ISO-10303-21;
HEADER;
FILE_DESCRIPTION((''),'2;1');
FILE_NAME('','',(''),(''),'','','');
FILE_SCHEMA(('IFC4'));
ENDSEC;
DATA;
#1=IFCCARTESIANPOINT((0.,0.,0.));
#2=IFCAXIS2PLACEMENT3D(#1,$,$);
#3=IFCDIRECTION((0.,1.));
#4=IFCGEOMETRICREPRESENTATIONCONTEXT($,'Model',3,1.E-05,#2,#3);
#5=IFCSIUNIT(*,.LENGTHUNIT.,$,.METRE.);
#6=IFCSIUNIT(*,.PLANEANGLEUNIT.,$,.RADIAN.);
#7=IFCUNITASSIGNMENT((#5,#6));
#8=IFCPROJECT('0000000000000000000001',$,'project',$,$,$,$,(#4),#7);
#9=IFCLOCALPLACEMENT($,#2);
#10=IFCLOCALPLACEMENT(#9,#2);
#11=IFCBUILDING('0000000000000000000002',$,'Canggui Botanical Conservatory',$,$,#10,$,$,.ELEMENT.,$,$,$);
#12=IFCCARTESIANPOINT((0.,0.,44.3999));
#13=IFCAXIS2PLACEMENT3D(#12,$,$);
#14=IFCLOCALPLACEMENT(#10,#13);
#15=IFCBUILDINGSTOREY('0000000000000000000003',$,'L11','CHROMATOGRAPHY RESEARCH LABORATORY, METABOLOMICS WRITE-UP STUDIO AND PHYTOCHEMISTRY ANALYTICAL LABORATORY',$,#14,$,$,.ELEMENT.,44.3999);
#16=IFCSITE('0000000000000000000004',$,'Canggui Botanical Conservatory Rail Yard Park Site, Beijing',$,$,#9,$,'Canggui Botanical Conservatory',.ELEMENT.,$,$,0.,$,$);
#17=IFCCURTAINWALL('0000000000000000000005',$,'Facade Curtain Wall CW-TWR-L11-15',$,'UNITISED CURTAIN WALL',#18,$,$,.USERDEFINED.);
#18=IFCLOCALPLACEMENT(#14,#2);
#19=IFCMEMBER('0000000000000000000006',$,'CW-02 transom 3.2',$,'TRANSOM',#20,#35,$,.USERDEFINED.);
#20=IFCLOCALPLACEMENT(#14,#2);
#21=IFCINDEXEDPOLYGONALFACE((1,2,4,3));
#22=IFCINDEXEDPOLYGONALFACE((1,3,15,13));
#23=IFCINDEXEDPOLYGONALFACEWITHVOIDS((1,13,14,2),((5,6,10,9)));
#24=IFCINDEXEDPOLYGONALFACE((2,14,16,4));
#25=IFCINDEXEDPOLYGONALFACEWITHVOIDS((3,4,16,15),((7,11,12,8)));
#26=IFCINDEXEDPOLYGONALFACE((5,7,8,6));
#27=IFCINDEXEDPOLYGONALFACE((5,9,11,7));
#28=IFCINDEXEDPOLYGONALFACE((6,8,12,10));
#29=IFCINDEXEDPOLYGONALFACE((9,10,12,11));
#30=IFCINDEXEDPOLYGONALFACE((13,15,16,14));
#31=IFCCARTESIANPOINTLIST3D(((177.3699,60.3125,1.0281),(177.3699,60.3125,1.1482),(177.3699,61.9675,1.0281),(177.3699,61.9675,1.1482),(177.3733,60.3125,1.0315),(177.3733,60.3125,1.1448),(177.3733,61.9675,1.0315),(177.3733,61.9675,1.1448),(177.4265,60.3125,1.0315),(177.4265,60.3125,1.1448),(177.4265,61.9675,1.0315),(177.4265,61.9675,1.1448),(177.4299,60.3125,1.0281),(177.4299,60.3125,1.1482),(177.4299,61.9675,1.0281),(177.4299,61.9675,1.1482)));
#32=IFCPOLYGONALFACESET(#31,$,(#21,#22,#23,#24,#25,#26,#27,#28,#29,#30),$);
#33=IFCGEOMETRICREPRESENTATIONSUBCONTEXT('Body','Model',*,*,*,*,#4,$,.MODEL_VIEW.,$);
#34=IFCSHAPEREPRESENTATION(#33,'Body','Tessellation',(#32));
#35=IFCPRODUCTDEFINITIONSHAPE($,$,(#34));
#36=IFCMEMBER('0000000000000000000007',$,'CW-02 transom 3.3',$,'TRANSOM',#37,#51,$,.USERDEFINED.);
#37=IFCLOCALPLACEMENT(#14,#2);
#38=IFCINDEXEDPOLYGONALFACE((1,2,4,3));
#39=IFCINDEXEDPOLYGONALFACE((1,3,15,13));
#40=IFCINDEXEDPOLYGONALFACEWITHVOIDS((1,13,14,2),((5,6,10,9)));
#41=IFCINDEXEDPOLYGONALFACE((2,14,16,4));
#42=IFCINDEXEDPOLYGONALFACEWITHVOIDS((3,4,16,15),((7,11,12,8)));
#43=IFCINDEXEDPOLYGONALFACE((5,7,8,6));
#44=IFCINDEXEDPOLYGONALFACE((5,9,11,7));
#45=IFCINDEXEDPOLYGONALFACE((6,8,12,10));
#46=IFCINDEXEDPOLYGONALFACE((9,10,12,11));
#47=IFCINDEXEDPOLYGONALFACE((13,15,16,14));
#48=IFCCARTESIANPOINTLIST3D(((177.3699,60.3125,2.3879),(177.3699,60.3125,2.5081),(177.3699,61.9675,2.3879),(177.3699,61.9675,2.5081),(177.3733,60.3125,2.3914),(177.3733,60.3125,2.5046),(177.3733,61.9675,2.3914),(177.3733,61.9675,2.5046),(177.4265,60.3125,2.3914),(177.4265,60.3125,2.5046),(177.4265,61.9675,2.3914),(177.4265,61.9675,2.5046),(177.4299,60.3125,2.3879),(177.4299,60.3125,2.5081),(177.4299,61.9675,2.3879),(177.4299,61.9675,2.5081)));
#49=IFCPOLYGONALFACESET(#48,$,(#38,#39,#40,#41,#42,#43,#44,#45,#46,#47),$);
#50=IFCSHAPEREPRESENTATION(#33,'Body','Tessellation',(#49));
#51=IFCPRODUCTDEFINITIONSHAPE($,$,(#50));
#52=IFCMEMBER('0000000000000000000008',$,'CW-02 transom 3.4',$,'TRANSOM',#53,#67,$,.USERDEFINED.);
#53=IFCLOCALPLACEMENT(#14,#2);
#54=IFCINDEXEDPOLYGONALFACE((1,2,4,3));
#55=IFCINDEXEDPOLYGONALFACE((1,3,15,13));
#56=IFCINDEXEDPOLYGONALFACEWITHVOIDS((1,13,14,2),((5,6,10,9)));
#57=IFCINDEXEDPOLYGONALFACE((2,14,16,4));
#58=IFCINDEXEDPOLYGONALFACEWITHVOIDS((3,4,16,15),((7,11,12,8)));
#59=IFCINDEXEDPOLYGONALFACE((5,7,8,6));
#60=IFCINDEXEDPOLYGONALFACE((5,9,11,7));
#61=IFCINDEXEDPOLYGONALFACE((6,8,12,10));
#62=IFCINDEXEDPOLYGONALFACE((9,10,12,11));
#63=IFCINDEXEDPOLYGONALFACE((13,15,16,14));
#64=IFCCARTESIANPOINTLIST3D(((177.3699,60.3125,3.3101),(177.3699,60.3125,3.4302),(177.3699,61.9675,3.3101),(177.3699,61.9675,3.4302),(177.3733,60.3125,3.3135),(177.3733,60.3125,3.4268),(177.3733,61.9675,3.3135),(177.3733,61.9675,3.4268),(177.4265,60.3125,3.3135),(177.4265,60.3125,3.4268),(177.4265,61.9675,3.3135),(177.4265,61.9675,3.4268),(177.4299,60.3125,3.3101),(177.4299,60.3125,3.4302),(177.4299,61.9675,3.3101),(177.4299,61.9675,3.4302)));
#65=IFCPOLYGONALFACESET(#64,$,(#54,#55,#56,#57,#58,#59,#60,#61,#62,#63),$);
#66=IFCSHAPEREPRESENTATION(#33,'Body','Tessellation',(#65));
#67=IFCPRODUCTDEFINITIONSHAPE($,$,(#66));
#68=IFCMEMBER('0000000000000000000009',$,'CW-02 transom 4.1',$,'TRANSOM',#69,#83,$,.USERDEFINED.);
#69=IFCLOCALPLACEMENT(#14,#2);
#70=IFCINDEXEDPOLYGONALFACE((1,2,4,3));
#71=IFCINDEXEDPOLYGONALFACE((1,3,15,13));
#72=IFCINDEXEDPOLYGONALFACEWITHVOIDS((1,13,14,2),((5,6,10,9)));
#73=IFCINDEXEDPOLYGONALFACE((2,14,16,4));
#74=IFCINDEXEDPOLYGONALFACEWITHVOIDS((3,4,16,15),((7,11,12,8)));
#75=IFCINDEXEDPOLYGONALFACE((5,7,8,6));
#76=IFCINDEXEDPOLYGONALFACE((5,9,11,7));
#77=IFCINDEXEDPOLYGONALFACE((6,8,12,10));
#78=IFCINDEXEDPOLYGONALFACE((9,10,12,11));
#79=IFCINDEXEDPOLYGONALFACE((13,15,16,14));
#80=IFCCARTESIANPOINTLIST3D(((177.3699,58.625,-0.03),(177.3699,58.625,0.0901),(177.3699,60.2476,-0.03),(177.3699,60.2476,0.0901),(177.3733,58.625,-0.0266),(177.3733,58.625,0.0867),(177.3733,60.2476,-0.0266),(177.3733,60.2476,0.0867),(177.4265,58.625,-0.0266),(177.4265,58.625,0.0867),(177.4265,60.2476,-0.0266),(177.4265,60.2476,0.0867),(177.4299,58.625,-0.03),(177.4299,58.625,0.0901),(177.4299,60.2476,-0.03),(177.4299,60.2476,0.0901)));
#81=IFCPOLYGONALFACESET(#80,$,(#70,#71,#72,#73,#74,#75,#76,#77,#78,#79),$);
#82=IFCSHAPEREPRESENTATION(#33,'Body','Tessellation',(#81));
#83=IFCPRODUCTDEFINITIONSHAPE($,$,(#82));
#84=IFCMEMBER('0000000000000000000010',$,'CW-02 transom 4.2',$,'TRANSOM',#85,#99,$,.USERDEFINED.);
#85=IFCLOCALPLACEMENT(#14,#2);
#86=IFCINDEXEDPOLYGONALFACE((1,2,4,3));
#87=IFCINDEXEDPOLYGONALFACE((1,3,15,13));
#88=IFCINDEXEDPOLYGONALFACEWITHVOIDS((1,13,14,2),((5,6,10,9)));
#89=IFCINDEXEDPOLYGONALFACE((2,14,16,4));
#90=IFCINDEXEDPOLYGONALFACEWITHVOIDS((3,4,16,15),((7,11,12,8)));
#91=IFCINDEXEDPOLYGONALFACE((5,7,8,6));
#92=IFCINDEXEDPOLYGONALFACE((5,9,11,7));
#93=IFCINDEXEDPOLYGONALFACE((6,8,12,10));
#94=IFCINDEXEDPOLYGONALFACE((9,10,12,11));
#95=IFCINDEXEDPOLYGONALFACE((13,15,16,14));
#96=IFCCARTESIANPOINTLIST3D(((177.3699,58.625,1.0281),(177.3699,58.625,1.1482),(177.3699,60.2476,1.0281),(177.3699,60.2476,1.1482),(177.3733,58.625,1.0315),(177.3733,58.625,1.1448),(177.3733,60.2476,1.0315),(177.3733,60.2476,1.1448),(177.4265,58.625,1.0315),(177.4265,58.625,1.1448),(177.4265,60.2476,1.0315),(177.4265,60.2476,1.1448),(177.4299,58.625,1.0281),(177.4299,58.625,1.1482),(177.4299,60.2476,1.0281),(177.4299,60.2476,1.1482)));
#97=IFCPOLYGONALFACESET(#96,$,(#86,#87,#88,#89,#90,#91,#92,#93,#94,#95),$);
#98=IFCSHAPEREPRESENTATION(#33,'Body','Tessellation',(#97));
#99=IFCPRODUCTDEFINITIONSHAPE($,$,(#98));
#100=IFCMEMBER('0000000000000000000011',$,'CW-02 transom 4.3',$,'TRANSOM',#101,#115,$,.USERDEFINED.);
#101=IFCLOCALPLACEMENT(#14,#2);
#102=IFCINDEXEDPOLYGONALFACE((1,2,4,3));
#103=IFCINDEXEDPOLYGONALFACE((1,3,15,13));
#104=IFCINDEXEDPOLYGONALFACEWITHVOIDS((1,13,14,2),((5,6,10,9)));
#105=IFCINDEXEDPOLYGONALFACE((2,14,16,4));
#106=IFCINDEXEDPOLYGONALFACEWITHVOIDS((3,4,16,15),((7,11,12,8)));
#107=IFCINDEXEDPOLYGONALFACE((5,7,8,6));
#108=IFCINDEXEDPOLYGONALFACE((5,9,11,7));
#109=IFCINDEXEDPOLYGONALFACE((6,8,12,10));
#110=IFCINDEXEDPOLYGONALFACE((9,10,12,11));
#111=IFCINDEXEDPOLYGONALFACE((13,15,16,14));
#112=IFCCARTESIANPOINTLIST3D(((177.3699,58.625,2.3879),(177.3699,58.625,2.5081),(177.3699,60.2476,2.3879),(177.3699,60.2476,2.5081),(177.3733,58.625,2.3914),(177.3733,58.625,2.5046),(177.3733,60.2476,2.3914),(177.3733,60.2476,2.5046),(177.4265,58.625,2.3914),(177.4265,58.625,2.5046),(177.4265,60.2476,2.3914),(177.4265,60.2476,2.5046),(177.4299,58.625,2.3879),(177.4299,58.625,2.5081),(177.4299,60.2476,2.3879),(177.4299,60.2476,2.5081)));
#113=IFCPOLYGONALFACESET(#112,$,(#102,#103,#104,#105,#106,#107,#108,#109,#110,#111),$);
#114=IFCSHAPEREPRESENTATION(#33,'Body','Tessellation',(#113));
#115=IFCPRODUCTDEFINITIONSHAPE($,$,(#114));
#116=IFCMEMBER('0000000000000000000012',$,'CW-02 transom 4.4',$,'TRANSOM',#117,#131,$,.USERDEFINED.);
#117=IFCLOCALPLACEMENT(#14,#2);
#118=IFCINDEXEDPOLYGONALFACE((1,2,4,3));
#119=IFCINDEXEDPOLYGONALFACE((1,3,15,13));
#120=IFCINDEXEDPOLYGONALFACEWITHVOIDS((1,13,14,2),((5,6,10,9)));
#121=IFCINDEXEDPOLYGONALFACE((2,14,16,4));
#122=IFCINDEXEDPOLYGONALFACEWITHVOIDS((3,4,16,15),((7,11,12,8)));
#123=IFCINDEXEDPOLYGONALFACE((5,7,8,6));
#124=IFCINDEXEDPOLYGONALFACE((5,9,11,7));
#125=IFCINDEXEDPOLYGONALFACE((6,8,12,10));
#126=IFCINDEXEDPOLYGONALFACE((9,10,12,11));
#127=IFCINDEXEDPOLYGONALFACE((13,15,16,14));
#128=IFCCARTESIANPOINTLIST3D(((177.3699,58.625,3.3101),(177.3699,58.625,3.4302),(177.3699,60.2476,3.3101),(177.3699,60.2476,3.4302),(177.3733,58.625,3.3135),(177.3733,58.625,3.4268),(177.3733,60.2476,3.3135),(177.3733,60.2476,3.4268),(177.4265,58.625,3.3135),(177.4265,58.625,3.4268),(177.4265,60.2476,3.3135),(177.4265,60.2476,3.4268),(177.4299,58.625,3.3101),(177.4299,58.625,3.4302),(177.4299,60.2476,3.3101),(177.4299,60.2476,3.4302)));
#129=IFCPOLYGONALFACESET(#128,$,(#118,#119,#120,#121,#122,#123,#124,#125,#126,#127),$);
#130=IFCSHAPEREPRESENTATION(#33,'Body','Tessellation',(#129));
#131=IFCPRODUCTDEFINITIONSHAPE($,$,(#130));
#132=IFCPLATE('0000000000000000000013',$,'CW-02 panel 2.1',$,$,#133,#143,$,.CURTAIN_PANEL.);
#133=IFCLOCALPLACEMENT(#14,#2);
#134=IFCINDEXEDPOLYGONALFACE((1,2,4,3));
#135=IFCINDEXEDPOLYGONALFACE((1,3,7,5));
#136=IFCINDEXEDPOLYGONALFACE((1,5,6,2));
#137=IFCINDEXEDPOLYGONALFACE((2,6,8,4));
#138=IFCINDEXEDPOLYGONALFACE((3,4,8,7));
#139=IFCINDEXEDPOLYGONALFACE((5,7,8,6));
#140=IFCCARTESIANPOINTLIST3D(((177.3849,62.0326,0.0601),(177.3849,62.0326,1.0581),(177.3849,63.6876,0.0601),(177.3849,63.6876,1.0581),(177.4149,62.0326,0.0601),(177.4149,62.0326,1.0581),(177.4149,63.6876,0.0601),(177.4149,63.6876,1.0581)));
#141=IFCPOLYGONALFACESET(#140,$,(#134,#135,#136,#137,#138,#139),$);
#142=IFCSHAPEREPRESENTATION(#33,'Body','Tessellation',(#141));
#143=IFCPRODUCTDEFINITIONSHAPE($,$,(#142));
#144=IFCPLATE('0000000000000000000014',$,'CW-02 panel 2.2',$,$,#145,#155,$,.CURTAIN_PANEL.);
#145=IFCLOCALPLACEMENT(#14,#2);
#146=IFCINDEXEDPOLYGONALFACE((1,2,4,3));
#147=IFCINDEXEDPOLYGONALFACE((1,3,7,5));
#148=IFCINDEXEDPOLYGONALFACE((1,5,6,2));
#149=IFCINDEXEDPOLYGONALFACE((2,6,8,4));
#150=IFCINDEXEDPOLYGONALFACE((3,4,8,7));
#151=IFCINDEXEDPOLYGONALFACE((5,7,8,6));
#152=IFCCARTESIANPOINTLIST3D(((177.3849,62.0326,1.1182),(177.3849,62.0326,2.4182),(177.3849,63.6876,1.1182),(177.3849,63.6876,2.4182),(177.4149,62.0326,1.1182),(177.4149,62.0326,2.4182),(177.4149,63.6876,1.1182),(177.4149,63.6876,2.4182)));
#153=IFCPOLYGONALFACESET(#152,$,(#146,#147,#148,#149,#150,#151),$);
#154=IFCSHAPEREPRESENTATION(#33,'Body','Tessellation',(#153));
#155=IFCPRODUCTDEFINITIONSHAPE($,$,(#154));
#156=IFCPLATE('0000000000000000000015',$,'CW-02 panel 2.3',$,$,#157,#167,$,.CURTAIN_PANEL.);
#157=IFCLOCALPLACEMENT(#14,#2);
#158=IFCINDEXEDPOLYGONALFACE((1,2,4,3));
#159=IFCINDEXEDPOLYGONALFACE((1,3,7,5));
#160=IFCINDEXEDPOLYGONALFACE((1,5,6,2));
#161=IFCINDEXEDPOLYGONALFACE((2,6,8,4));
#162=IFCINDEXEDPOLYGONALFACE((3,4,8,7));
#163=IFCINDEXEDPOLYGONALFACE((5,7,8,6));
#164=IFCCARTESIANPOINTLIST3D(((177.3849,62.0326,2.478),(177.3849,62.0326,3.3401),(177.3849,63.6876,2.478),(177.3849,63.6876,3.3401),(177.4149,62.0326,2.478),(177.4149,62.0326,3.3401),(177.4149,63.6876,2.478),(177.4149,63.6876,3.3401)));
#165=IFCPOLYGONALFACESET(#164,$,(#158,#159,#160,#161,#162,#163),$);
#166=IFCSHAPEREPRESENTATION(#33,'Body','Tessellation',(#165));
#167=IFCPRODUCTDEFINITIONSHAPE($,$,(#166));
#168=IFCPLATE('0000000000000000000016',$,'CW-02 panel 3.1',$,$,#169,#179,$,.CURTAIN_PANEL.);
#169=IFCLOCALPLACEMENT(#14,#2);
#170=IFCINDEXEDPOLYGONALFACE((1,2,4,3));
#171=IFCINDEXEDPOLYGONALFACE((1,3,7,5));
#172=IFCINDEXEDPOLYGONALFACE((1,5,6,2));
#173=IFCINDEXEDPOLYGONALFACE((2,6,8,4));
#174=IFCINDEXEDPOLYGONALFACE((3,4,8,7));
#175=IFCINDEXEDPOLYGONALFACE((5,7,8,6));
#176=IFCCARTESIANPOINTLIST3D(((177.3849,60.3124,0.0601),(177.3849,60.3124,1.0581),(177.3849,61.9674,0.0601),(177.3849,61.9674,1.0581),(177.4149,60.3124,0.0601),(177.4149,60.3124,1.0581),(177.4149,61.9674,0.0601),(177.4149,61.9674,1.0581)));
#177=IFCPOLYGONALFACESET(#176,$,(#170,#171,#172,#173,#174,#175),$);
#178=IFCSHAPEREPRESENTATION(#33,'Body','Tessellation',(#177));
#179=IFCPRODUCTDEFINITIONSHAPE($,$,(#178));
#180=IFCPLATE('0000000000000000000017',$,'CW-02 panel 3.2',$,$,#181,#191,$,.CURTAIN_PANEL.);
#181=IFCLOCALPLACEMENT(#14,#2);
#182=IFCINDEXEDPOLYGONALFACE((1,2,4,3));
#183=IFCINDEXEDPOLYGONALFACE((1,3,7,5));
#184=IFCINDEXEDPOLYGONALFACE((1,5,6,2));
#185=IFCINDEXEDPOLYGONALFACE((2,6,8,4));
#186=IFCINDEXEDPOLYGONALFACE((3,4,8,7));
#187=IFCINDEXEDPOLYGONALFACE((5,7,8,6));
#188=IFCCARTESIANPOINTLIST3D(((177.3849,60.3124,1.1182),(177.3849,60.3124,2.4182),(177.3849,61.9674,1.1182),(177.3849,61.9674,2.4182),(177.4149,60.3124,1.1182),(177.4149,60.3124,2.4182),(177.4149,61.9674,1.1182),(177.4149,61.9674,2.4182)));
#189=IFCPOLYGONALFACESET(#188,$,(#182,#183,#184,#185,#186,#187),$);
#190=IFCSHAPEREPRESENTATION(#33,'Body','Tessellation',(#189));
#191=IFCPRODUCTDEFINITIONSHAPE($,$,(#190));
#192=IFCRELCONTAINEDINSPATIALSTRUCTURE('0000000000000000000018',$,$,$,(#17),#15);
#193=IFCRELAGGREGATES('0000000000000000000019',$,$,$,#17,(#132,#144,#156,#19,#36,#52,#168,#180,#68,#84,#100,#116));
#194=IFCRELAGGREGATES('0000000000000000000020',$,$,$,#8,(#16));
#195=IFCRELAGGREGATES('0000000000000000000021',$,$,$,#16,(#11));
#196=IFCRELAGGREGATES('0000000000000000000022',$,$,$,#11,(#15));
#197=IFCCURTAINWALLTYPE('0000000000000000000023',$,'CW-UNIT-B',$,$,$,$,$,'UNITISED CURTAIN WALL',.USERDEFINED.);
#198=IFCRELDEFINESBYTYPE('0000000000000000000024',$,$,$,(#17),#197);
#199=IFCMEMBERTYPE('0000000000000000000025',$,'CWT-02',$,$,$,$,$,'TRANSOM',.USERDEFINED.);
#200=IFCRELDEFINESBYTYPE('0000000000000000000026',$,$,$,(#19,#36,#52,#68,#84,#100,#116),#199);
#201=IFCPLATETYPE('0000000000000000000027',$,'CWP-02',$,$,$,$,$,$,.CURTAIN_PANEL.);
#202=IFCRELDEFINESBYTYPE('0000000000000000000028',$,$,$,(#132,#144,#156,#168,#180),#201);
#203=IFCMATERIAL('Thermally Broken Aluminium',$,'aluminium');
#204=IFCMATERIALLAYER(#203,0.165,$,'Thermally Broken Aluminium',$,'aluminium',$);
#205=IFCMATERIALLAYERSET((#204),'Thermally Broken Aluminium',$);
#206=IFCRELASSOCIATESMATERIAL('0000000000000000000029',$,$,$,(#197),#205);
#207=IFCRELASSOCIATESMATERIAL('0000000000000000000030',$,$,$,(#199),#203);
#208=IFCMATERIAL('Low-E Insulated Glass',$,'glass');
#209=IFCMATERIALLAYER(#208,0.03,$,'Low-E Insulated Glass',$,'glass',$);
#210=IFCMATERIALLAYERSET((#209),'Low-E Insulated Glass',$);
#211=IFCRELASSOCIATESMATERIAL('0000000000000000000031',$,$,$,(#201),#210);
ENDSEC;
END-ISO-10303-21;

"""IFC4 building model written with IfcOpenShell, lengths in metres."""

from ifc_helpers import new_model, si_unit, direction, frame, origin, origin_2d, place, context, subcontext, project, spatial, rectangle, hollow_rectangle, extrude, material, layer, layer_set, material_profile, profile_set, type_object, element, aggregate, save


model = new_model("IFC4")

# Units and contexts
model_context = context("Model", 3, precision=1e-05, world=origin(), true_north=direction((0.0, 1.0)))
body_context = subcontext(model_context, "Body", "Model", "MODEL_VIEW")
ifc_project = project(units=[si_unit("LENGTHUNIT", "METRE"), si_unit("PLANEANGLEUNIT", "RADIAN")], contexts=[model_context])

# Site, building, storey
site_placement = place(None, origin())
site = spatial("IfcSite", under=ifc_project, at=site_placement, Name="Canggui Botanical Conservatory Rail Yard Park Site, Beijing", LongName="Canggui Botanical Conservatory", CompositionType="ELEMENT", RefElevation=0.0)
building_placement = place(site_placement, origin())
building = spatial("IfcBuilding", under=site, at=building_placement, Name="Canggui Botanical Conservatory", CompositionType="ELEMENT")
storey_placement = place(building_placement, frame((0.0, 0.0, 44.3999)))
storey = spatial("IfcBuildingStorey", under=building, at=storey_placement, Name="L11", Description="CHROMATOGRAPHY RESEARCH LABORATORY, METABOLOMICS WRITE-UP STUDIO AND PHYTOCHEMISTRY ANALYTICAL LABORATORY", CompositionType="ELEMENT", Elevation=44.3999)

# Curtain wall, members, plates
ifc_material_1 = material(Name="Thermally Broken Aluminium", Category="aluminium")
ifc_layer_1 = layer(ifc_material_1, 0.165, Name="Thermally Broken Aluminium", Category="aluminium")
ifc_layer_set_1 = layer_set([ifc_layer_1], Name="Thermally Broken Aluminium")
curtain_wall_type = type_object("IfcCurtainWallType", Name="CW-UNIT-B", ElementType="UNITISED CURTAIN WALL", PredefinedType="USERDEFINED", material=ifc_layer_set_1)
curtain_wall_placement = place(storey_placement, origin())
curtain_wall = element("IfcCurtainWall", 1, at=curtain_wall_placement, inside=storey, type_object=curtain_wall_type, Name="Facade Curtain Wall CW-TWR-L11-15", ObjectType="UNITISED CURTAIN WALL", PredefinedType="USERDEFINED")
ifc_material_profile_1 = material_profile(ifc_material_1, hollow_rectangle(XDim=0.0601, YDim=0.1201, WallThickness=0.0034, at=origin_2d()), Name="CWT 60x120x3.5")
ifc_profile_set_1 = profile_set([ifc_material_profile_1], Name="Thermally Broken Aluminium")
member_type_1 = type_object("IfcMemberType", Name="CWT-02", ElementType="TRANSOM", PredefinedType="USERDEFINED", material=ifc_profile_set_1)
member_1_placement = place(storey_placement, frame((177.3999, 61.9675, 1.0881), z_axis=(0.0, -1.0, 0.0), x_axis=(1.0, 0.0, 0.0)))
member_1 = element("IfcMember", 2, at=member_1_placement, type_object=member_type_1, Name="CW-02 transom 3.2", ObjectType="TRANSOM", PredefinedType="USERDEFINED", context=body_context, shape_type="SweptSolid", body=[
    extrude(hollow_rectangle(XDim=0.0601, YDim=0.1201, WallThickness=0.0034, at=origin_2d()), origin(), (0.0, 0.0, 1.0), 1.655),
])
member_2_placement = place(storey_placement, frame((177.3999, 61.9675, 2.448), z_axis=(0.0, -1.0, 0.0), x_axis=(1.0, 0.0, 0.0)))
member_2 = element("IfcMember", 3, at=member_2_placement, type_object=member_type_1, Name="CW-02 transom 3.3", ObjectType="TRANSOM", PredefinedType="USERDEFINED", context=body_context, shape_type="SweptSolid", body=[
    extrude(hollow_rectangle(XDim=0.0601, YDim=0.1201, WallThickness=0.0034, at=origin_2d()), origin(), (0.0, 0.0, 1.0), 1.655),
])
member_3_placement = place(storey_placement, frame((177.3999, 61.9675, 3.3701), z_axis=(0.0, -1.0, 0.0), x_axis=(1.0, 0.0, 0.0)))
member_3 = element("IfcMember", 4, at=member_3_placement, type_object=member_type_1, Name="CW-02 transom 3.4", ObjectType="TRANSOM", PredefinedType="USERDEFINED", context=body_context, shape_type="SweptSolid", body=[
    extrude(hollow_rectangle(XDim=0.0601, YDim=0.1201, WallThickness=0.0034, at=origin_2d()), origin(), (0.0, 0.0, 1.0), 1.655),
])
member_4_placement = place(storey_placement, frame((177.3999, 60.2476, 0.03), z_axis=(0.0, -1.0, 0.0), x_axis=(1.0, 0.0, 0.0)))
member_4 = element("IfcMember", 5, at=member_4_placement, type_object=member_type_1, Name="CW-02 transom 4.1", ObjectType="TRANSOM", PredefinedType="USERDEFINED", context=body_context, shape_type="SweptSolid", body=[
    extrude(hollow_rectangle(XDim=0.0601, YDim=0.1201, WallThickness=0.0034, at=origin_2d()), origin(), (0.0, 0.0, 1.0), 1.6226),
])
member_5_placement = place(storey_placement, frame((177.3999, 60.2476, 1.0881), z_axis=(0.0, -1.0, 0.0), x_axis=(1.0, 0.0, 0.0)))
member_5 = element("IfcMember", 6, at=member_5_placement, type_object=member_type_1, Name="CW-02 transom 4.2", ObjectType="TRANSOM", PredefinedType="USERDEFINED", context=body_context, shape_type="SweptSolid", body=[
    extrude(hollow_rectangle(XDim=0.0601, YDim=0.1201, WallThickness=0.0034, at=origin_2d()), origin(), (0.0, 0.0, 1.0), 1.6226),
])
member_6_placement = place(storey_placement, frame((177.3999, 60.2476, 2.448), z_axis=(0.0, -1.0, 0.0), x_axis=(1.0, 0.0, 0.0)))
member_6 = element("IfcMember", 7, at=member_6_placement, type_object=member_type_1, Name="CW-02 transom 4.3", ObjectType="TRANSOM", PredefinedType="USERDEFINED", context=body_context, shape_type="SweptSolid", body=[
    extrude(hollow_rectangle(XDim=0.0601, YDim=0.1201, WallThickness=0.0034, at=origin_2d()), origin(), (0.0, 0.0, 1.0), 1.6226),
])
member_7_placement = place(storey_placement, frame((177.3999, 60.2476, 3.3701), z_axis=(0.0, -1.0, 0.0), x_axis=(1.0, 0.0, 0.0)))
member_7 = element("IfcMember", 8, at=member_7_placement, type_object=member_type_1, Name="CW-02 transom 4.4", ObjectType="TRANSOM", PredefinedType="USERDEFINED", context=body_context, shape_type="SweptSolid", body=[
    extrude(hollow_rectangle(XDim=0.0601, YDim=0.1201, WallThickness=0.0034, at=origin_2d()), origin(), (0.0, 0.0, 1.0), 1.6226),
])
ifc_material_2 = material(Name="Low-E Insulated Glass", Category="glass")
ifc_layer_2 = layer(ifc_material_2, 0.03, Name="Low-E Insulated Glass", Category="glass")
ifc_layer_set_2 = layer_set([ifc_layer_2], Name="Low-E Insulated Glass")
plate_type = type_object("IfcPlateType", Name="CWP-02", PredefinedType="CURTAIN_PANEL", material=ifc_layer_set_2)
plate_1_placement = place(storey_placement, frame((177.3999, 62.8601, 0.0601), z_axis=(0.0, 0.0, 1.0), x_axis=(0.0, -1.0, 0.0)))
plate_1 = element("IfcPlate", 9, at=plate_1_placement, type_object=plate_type, Name="CW-02 panel 2.1", PredefinedType="CURTAIN_PANEL", context=body_context, shape_type="SweptSolid", body=[
    extrude(rectangle(XDim=1.655, YDim=0.03, at=origin_2d()), origin(), (0.0, 0.0, 1.0), 0.998),
])
plate_2_placement = place(storey_placement, frame((177.3999, 62.8601, 1.1182), z_axis=(0.0, 0.0, 1.0), x_axis=(0.0, -1.0, 0.0)))
plate_2 = element("IfcPlate", 10, at=plate_2_placement, type_object=plate_type, Name="CW-02 panel 2.2", PredefinedType="CURTAIN_PANEL", context=body_context, shape_type="SweptSolid", body=[
    extrude(rectangle(XDim=1.655, YDim=0.03, at=origin_2d()), origin(), (0.0, 0.0, 1.0), 1.3),
])
plate_3_placement = place(storey_placement, frame((177.3999, 62.8601, 2.478), z_axis=(0.0, 0.0, 1.0), x_axis=(0.0, -1.0, 0.0)))
plate_3 = element("IfcPlate", 11, at=plate_3_placement, type_object=plate_type, Name="CW-02 panel 2.3", PredefinedType="CURTAIN_PANEL", context=body_context, shape_type="SweptSolid", body=[
    extrude(rectangle(XDim=1.655, YDim=0.03, at=origin_2d()), origin(), (0.0, 0.0, 1.0), 0.8621),
])
plate_4_placement = place(storey_placement, frame((177.3999, 61.1399, 0.0601), z_axis=(0.0, 0.0, 1.0), x_axis=(0.0, -1.0, 0.0)))
plate_4 = element("IfcPlate", 12, at=plate_4_placement, type_object=plate_type, Name="CW-02 panel 3.1", PredefinedType="CURTAIN_PANEL", context=body_context, shape_type="SweptSolid", body=[
    extrude(rectangle(XDim=1.655, YDim=0.03, at=origin_2d()), origin(), (0.0, 0.0, 1.0), 0.998),
])
plate_5_placement = place(storey_placement, frame((177.3999, 61.1399, 1.1182), z_axis=(0.0, 0.0, 1.0), x_axis=(0.0, -1.0, 0.0)))
plate_5 = element("IfcPlate", 13, at=plate_5_placement, type_object=plate_type, Name="CW-02 panel 3.2", PredefinedType="CURTAIN_PANEL", context=body_context, shape_type="SweptSolid", body=[
    extrude(rectangle(XDim=1.655, YDim=0.03, at=origin_2d()), origin(), (0.0, 0.0, 1.0), 1.3),
])
aggregate(curtain_wall, [plate_1, plate_2, plate_3, member_1, member_2, member_3, plate_4, plate_5, member_4, member_5, member_6, member_7])

save(model, "model.ifc")
